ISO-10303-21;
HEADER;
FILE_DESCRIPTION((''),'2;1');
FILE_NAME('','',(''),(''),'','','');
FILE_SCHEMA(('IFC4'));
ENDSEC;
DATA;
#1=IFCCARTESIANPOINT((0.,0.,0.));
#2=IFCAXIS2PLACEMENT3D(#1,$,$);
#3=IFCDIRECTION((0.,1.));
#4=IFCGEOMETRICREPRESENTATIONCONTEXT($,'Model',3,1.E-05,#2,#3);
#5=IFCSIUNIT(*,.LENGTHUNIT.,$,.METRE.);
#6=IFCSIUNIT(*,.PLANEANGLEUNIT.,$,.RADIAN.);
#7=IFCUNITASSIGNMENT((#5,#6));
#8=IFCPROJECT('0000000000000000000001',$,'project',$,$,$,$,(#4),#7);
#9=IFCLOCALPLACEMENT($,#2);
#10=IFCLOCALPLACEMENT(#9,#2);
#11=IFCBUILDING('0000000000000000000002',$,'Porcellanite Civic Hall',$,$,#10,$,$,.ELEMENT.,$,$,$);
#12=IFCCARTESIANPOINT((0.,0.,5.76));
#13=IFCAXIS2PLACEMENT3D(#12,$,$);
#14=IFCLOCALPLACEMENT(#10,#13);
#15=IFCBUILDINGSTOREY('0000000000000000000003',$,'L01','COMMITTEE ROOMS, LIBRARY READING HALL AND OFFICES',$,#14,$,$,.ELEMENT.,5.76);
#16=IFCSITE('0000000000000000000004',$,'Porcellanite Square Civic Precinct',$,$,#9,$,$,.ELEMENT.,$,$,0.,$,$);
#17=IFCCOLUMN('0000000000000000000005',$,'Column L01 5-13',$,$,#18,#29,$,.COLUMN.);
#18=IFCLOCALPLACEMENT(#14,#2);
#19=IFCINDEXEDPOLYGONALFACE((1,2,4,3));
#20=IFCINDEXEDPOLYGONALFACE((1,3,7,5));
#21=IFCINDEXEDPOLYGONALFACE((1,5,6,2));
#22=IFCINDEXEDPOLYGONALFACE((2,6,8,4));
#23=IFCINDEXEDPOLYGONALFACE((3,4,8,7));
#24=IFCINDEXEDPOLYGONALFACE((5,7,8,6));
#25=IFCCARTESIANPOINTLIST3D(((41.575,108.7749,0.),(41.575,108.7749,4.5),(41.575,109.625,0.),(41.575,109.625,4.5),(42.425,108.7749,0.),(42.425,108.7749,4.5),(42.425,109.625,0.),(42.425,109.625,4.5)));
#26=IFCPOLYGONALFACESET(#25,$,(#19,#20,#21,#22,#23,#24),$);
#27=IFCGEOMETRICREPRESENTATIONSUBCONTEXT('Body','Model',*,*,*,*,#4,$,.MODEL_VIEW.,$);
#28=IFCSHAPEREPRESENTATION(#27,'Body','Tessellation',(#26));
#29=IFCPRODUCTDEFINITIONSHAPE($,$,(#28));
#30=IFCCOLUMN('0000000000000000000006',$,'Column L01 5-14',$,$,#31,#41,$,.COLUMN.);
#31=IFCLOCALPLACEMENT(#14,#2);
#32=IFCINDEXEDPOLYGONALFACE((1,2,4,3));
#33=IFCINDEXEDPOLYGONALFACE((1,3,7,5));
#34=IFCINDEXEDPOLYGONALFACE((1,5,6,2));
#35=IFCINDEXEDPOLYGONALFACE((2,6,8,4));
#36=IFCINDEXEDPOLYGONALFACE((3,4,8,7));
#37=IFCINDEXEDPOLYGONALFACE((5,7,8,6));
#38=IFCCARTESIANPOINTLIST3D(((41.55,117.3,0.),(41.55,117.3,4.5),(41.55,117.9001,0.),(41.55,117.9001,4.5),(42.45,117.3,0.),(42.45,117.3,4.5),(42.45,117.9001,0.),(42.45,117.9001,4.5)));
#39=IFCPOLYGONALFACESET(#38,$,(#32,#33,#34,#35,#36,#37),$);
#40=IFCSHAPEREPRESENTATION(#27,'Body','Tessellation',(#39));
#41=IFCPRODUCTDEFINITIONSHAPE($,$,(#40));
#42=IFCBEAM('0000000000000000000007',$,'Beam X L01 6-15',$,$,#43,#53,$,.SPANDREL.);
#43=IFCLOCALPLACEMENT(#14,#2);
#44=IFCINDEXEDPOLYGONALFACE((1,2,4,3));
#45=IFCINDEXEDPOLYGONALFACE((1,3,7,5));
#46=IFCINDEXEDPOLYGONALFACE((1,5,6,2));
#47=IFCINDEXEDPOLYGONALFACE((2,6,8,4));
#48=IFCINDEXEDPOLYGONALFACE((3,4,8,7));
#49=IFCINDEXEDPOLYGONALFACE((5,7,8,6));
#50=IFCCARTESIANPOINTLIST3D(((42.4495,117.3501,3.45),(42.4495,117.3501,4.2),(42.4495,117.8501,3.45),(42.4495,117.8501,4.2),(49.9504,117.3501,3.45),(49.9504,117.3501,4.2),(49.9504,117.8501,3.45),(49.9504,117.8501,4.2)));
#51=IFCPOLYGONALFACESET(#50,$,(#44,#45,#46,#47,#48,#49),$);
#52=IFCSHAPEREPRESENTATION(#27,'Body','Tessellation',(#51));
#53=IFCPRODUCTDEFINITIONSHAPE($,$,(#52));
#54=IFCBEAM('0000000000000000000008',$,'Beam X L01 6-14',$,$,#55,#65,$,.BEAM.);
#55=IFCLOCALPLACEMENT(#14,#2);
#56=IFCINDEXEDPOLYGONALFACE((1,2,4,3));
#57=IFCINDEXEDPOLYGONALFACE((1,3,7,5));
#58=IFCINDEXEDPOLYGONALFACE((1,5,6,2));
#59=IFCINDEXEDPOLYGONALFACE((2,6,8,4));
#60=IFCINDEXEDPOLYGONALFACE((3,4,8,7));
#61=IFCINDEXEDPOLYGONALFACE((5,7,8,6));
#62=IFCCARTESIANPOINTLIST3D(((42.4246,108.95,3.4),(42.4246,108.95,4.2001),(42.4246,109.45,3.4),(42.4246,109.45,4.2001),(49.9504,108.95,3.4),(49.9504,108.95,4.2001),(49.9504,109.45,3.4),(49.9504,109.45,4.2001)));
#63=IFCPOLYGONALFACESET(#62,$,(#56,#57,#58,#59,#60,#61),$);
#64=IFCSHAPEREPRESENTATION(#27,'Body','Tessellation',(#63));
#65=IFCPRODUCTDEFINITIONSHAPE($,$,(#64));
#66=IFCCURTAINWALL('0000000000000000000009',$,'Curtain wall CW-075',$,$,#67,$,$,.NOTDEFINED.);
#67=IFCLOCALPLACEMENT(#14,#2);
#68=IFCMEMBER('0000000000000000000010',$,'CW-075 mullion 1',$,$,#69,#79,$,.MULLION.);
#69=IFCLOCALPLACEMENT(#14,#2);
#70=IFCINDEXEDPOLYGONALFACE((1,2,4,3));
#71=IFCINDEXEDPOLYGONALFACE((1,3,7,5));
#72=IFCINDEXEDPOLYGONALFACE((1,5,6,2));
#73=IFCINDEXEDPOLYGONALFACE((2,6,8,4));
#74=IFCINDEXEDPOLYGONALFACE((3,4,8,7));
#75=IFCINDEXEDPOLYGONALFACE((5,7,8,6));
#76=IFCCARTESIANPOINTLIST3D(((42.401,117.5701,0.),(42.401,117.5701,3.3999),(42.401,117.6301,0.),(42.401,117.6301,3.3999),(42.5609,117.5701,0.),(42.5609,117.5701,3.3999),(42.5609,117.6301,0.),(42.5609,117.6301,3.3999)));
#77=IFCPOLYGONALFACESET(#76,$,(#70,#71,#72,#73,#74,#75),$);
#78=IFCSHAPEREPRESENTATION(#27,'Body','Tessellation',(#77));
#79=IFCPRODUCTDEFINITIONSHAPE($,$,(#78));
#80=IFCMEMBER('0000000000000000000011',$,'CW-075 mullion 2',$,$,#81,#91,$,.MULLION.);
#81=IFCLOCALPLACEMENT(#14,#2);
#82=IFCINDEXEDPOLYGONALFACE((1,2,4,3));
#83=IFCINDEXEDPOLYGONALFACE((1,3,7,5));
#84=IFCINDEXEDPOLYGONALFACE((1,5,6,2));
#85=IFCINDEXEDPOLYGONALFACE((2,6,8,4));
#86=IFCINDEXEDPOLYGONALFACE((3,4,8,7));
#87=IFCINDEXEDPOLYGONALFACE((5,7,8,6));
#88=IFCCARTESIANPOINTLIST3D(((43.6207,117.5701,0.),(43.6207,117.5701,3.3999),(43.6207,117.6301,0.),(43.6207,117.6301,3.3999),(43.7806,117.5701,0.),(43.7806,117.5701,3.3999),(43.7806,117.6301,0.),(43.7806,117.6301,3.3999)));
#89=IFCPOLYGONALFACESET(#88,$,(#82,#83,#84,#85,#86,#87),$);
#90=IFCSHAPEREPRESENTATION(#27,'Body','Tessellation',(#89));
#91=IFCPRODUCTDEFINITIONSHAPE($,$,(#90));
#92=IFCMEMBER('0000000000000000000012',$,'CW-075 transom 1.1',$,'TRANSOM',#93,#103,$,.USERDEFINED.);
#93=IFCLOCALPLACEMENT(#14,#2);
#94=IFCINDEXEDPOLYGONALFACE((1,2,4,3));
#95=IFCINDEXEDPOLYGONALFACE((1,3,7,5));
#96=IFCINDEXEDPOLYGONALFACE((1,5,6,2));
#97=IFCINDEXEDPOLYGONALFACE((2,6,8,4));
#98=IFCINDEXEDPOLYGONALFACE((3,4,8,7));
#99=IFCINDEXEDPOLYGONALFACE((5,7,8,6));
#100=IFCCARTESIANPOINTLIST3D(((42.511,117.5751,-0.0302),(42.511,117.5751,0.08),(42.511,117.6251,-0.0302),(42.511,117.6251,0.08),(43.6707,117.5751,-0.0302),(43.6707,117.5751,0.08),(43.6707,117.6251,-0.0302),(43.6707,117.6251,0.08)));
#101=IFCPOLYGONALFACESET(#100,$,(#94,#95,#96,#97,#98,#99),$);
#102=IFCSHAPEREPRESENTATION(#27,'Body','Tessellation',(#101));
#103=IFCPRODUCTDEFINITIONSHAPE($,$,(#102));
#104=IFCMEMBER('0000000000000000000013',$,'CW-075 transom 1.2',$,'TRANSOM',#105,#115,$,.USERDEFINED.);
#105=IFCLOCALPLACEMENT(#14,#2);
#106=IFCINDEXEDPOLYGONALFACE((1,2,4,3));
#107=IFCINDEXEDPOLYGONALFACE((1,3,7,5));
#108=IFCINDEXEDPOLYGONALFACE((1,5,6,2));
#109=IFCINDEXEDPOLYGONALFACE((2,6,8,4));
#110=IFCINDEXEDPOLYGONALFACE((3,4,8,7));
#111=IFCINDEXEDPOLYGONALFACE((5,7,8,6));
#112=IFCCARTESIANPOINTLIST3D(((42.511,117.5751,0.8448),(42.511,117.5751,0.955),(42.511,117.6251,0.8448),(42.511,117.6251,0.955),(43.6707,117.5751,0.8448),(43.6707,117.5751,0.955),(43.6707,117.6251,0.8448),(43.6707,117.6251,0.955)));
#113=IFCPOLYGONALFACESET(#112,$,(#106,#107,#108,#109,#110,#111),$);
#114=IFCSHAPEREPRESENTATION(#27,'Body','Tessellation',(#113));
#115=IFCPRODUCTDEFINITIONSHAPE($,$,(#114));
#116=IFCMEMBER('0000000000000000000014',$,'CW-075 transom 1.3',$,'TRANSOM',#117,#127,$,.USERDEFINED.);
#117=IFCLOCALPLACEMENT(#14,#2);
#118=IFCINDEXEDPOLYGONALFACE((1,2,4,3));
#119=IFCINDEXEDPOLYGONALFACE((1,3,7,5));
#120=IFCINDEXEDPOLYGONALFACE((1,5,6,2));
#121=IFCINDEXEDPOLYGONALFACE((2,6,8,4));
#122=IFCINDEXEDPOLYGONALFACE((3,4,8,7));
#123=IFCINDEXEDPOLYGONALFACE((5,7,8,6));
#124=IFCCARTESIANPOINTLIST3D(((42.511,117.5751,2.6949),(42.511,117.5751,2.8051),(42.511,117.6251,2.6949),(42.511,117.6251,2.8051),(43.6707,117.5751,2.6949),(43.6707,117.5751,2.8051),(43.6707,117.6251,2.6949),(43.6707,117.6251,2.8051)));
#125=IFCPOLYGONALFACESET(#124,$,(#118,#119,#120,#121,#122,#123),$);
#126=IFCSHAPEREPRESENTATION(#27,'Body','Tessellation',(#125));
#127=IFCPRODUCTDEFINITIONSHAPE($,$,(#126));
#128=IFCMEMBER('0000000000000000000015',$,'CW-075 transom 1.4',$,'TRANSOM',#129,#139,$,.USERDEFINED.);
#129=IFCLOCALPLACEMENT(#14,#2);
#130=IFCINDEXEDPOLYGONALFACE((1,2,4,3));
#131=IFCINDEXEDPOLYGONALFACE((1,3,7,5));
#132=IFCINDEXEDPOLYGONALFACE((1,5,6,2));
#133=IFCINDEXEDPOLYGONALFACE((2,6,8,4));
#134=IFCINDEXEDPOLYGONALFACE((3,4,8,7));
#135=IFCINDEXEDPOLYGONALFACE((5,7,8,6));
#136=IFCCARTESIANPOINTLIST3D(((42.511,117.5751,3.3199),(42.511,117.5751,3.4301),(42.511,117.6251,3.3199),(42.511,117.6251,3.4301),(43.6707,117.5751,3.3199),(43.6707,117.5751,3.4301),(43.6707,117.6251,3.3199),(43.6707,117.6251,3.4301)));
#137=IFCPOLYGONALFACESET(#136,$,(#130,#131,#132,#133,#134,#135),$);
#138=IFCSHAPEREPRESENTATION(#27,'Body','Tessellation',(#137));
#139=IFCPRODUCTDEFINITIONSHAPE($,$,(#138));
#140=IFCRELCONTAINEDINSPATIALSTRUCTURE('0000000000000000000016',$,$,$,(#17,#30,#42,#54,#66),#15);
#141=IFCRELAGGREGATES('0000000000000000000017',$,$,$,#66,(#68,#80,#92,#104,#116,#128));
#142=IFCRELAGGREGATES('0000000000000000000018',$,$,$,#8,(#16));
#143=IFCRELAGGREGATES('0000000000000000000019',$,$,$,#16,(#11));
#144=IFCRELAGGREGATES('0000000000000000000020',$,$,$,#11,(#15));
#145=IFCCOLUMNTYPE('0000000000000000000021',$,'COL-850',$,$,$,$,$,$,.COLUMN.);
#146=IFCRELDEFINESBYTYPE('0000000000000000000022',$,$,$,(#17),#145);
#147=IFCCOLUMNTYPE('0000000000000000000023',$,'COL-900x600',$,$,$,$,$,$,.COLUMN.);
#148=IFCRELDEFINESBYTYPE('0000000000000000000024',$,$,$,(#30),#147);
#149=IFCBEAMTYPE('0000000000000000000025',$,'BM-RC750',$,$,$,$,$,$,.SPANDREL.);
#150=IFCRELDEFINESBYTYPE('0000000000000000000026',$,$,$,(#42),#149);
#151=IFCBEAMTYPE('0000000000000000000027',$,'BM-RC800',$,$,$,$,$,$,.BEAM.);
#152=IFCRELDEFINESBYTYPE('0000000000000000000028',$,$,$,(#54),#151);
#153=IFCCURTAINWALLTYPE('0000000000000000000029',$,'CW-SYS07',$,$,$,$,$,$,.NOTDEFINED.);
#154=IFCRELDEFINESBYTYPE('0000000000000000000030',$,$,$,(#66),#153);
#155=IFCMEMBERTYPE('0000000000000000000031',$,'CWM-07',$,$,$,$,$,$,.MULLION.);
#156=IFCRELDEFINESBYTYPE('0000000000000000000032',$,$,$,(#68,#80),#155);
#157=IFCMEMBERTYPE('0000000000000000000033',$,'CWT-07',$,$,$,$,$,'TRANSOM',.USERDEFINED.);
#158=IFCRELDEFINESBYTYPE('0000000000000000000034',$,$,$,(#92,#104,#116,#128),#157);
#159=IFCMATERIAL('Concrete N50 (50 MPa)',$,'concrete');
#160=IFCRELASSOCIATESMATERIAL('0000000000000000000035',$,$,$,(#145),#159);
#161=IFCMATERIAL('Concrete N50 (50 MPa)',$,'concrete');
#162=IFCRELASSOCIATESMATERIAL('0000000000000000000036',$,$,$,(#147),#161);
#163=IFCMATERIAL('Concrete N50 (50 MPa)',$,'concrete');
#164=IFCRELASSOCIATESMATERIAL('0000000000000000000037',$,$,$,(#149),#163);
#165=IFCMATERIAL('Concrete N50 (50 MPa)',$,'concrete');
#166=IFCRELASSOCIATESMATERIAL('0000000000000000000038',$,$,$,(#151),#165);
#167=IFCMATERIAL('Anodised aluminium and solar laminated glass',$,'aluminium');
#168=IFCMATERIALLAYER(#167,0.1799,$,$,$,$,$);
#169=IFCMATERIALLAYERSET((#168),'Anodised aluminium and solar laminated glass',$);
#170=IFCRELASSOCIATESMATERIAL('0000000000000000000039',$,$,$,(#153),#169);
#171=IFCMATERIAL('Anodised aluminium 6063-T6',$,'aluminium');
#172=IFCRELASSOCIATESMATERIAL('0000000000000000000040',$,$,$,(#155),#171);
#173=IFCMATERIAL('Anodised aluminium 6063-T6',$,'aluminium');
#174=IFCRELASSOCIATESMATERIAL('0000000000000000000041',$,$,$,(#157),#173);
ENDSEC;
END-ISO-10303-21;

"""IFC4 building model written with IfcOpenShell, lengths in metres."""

from ifc_helpers import new_model, si_unit, direction, frame, origin, origin_2d, place, context, subcontext, project, spatial, rectangle, extrude, material, layer, layer_set, material_profile, profile_set, type_object, element, aggregate, save


model = new_model("IFC4")

# Units and contexts
model_context = context("Model", 3, precision=1e-05, world=origin(), true_north=direction((0.0, 1.0)))
body_context = subcontext(model_context, "Body", "Model", "MODEL_VIEW")
ifc_project = project(units=[si_unit("LENGTHUNIT", "METRE"), si_unit("PLANEANGLEUNIT", "RADIAN")], contexts=[model_context])

# Site, building, storey
site_placement = place(None, origin())
site = spatial("IfcSite", under=ifc_project, at=site_placement, Name="Porcellanite Square Civic Precinct", CompositionType="ELEMENT", RefElevation=0.0)
building_placement = place(site_placement, origin())
building = spatial("IfcBuilding", under=site, at=building_placement, Name="Porcellanite Civic Hall", CompositionType="ELEMENT")
storey_placement = place(building_placement, frame((0.0, 0.0, 5.76)))
storey = spatial("IfcBuildingStorey", under=building, at=storey_placement, Name="L01", Description="COMMITTEE ROOMS, LIBRARY READING HALL AND OFFICES", CompositionType="ELEMENT", Elevation=5.76)

# Columns
ifc_material_1 = material(Name="Concrete N50 (50 MPa)", Category="concrete")
ifc_material_profile_1 = material_profile(ifc_material_1, rectangle(XDim=0.8501, YDim=0.8501, at=origin_2d()), Name="RC-850x850")
ifc_profile_set_1 = profile_set([ifc_material_profile_1], Name="Concrete N50 (50 MPa)")
column_type_1 = type_object("IfcColumnType", Name="COL-850", PredefinedType="COLUMN", material=ifc_profile_set_1)
column_1_placement = place(storey_placement, frame((42.0, 109.2, 0.0), z_axis=(0.0, 0.0, 1.0), x_axis=(1.0, 0.0, 0.0)))
element("IfcColumn", 1, at=column_1_placement, inside=storey, type_object=column_type_1, Name="Column L01 5-13", PredefinedType="COLUMN", context=body_context, shape_type="SweptSolid", body=[
    extrude(rectangle(XDim=0.8501, YDim=0.8501, at=origin_2d()), origin(), (0.0, 0.0, 1.0), 4.5),
])
ifc_material_2 = material(Name="Concrete N50 (50 MPa)", Category="concrete")
ifc_material_profile_2 = material_profile(ifc_material_2, rectangle(XDim=0.8999, YDim=0.6001, at=origin_2d()), Name="RC-900x600")
ifc_profile_set_2 = profile_set([ifc_material_profile_2], Name="Concrete N50 (50 MPa)")
column_type_2 = type_object("IfcColumnType", Name="COL-900x600", PredefinedType="COLUMN", material=ifc_profile_set_2)
column_2_placement = place(storey_placement, frame((42.0, 117.6001, 0.0), z_axis=(0.0, 0.0, 1.0), x_axis=(1.0, 0.0, 0.0)))
element("IfcColumn", 2, at=column_2_placement, inside=storey, type_object=column_type_2, Name="Column L01 5-14", PredefinedType="COLUMN", context=body_context, shape_type="SweptSolid", body=[
    extrude(rectangle(XDim=0.8999, YDim=0.6001, at=origin_2d()), origin(), (0.0, 0.0, 1.0), 4.5),
])

# Beams
ifc_material_3 = material(Name="Concrete N50 (50 MPa)", Category="concrete")
ifc_material_profile_3 = material_profile(ifc_material_3, rectangle(XDim=0.5, YDim=0.75, at=origin_2d()), Name="RC-500x750")
ifc_profile_set_3 = profile_set([ifc_material_profile_3], Name="Concrete N50 (50 MPa)")
beam_type_1 = type_object("IfcBeamType", Name="BM-RC750", PredefinedType="SPANDREL", material=ifc_profile_set_3)
beam_1_placement = place(storey_placement, frame((42.4495, 117.6001, 3.825), z_axis=(1.0, 0.0, 0.0), x_axis=(0.0, 1.0, 0.0)))
element("IfcBeam", 3, at=beam_1_placement, inside=storey, type_object=beam_type_1, Name="Beam X L01 6-15", PredefinedType="SPANDREL", context=body_context, shape_type="SweptSolid", body=[
    extrude(rectangle(XDim=0.5, YDim=0.75, at=origin_2d()), origin(), (0.0, 0.0, 1.0), 7.501),
])
ifc_material_4 = material(Name="Concrete N50 (50 MPa)", Category="concrete")
ifc_material_profile_4 = material_profile(ifc_material_4, rectangle(XDim=0.5, YDim=0.8, at=origin_2d()), Name="RC-500x800")
ifc_profile_set_4 = profile_set([ifc_material_profile_4], Name="Concrete N50 (50 MPa)")
beam_type_2 = type_object("IfcBeamType", Name="BM-RC800", PredefinedType="BEAM", material=ifc_profile_set_4)
beam_2_placement = place(storey_placement, frame((42.4246, 109.2, 3.8), z_axis=(1.0, 0.0, 0.0), x_axis=(0.0, 1.0, 0.0)))
element("IfcBeam", 4, at=beam_2_placement, inside=storey, type_object=beam_type_2, Name="Beam X L01 6-14", PredefinedType="BEAM", context=body_context, shape_type="SweptSolid", body=[
    extrude(rectangle(XDim=0.5, YDim=0.8, at=origin_2d()), origin(), (0.0, 0.0, 1.0), 7.5259),
])

# Curtain wall, members
ifc_material_5 = material(Name="Anodised aluminium and solar laminated glass", Category="aluminium")
ifc_layer_1 = layer(ifc_material_5, 0.1799)
ifc_layer_set_1 = layer_set([ifc_layer_1], Name="Anodised aluminium and solar laminated glass")
curtain_wall_type = type_object("IfcCurtainWallType", Name="CW-SYS07", PredefinedType="NOTDEFINED", material=ifc_layer_set_1)
curtain_wall_placement = place(storey_placement, origin())
curtain_wall = element("IfcCurtainWall", 5, at=curtain_wall_placement, inside=storey, type_object=curtain_wall_type, Name="Curtain wall CW-075", PredefinedType="NOTDEFINED")
ifc_material_6 = material(Name="Anodised aluminium 6063-T6", Category="aluminium")
ifc_material_profile_5 = material_profile(ifc_material_6, rectangle(XDim=0.0601, YDim=0.1599, at=origin_2d()), Name="AL-60x160")
ifc_profile_set_5 = profile_set([ifc_material_profile_5], Name="Anodised aluminium 6063-T6")
member_type_1 = type_object("IfcMemberType", Name="CWM-07", PredefinedType="MULLION", material=ifc_profile_set_5)
member_1_placement = place(storey_placement, frame((42.481, 117.6001, 0.0), z_axis=(0.0, 0.0, 1.0), x_axis=(0.0, 1.0, 0.0)))
member_1 = element("IfcMember", 6, at=member_1_placement, type_object=member_type_1, Name="CW-075 mullion 1", PredefinedType="MULLION", context=body_context, shape_type="SweptSolid", body=[
    extrude(rectangle(XDim=0.0601, YDim=0.1599, at=origin_2d()), origin(), (0.0, 0.0, 1.0), 3.3999),
])
member_2_placement = place(storey_placement, frame((43.7007, 117.6001, 0.0), z_axis=(0.0, 0.0, 1.0), x_axis=(0.0, 1.0, 0.0)))
member_2 = element("IfcMember", 7, at=member_2_placement, type_object=member_type_1, Name="CW-075 mullion 2", PredefinedType="MULLION", context=body_context, shape_type="SweptSolid", body=[
    extrude(rectangle(XDim=0.0601, YDim=0.1599, at=origin_2d()), origin(), (0.0, 0.0, 1.0), 3.3999),
])
ifc_material_7 = material(Name="Anodised aluminium 6063-T6", Category="aluminium")
ifc_material_profile_6 = material_profile(ifc_material_7, rectangle(XDim=0.05, YDim=0.1101, at=origin_2d()), Name="AL-50x110")
ifc_profile_set_6 = profile_set([ifc_material_profile_6], Name="Anodised aluminium 6063-T6")
member_type_2 = type_object("IfcMemberType", Name="CWT-07", ElementType="TRANSOM", PredefinedType="USERDEFINED", material=ifc_profile_set_6)
member_3_placement = place(storey_placement, frame((42.511, 117.6001, 0.0249), z_axis=(1.0, 0.0, 0.0), x_axis=(0.0, 1.0, 0.0)))
member_3 = element("IfcMember", 8, at=member_3_placement, type_object=member_type_2, Name="CW-075 transom 1.1", ObjectType="TRANSOM", PredefinedType="USERDEFINED", context=body_context, shape_type="SweptSolid", body=[
    extrude(rectangle(XDim=0.05, YDim=0.1101, at=origin_2d()), origin(), (0.0, 0.0, 1.0), 1.1597),
])
member_4_placement = place(storey_placement, frame((42.511, 117.6001, 0.8999), z_axis=(1.0, 0.0, 0.0), x_axis=(0.0, 1.0, 0.0)))
member_4 = element("IfcMember", 9, at=member_4_placement, type_object=member_type_2, Name="CW-075 transom 1.2", ObjectType="TRANSOM", PredefinedType="USERDEFINED", context=body_context, shape_type="SweptSolid", body=[
    extrude(rectangle(XDim=0.05, YDim=0.1101, at=origin_2d()), origin(), (0.0, 0.0, 1.0), 1.1597),
])
member_5_placement = place(storey_placement, frame((42.511, 117.6001, 2.75), z_axis=(1.0, 0.0, 0.0), x_axis=(0.0, 1.0, 0.0)))
member_5 = element("IfcMember", 10, at=member_5_placement, type_object=member_type_2, Name="CW-075 transom 1.3", ObjectType="TRANSOM", PredefinedType="USERDEFINED", context=body_context, shape_type="SweptSolid", body=[
    extrude(rectangle(XDim=0.05, YDim=0.1101, at=origin_2d()), origin(), (0.0, 0.0, 1.0), 1.1597),
])
member_6_placement = place(storey_placement, frame((42.511, 117.6001, 3.375), z_axis=(1.0, 0.0, 0.0), x_axis=(0.0, 1.0, 0.0)))
member_6 = element("IfcMember", 11, at=member_6_placement, type_object=member_type_2, Name="CW-075 transom 1.4", ObjectType="TRANSOM", PredefinedType="USERDEFINED", context=body_context, shape_type="SweptSolid", body=[
    extrude(rectangle(XDim=0.05, YDim=0.1101, at=origin_2d()), origin(), (0.0, 0.0, 1.0), 1.1597),
])

aggregate(curtain_wall, [member_1, member_2, member_3, member_4, member_5, member_6])

save(model, "model.ifc")
